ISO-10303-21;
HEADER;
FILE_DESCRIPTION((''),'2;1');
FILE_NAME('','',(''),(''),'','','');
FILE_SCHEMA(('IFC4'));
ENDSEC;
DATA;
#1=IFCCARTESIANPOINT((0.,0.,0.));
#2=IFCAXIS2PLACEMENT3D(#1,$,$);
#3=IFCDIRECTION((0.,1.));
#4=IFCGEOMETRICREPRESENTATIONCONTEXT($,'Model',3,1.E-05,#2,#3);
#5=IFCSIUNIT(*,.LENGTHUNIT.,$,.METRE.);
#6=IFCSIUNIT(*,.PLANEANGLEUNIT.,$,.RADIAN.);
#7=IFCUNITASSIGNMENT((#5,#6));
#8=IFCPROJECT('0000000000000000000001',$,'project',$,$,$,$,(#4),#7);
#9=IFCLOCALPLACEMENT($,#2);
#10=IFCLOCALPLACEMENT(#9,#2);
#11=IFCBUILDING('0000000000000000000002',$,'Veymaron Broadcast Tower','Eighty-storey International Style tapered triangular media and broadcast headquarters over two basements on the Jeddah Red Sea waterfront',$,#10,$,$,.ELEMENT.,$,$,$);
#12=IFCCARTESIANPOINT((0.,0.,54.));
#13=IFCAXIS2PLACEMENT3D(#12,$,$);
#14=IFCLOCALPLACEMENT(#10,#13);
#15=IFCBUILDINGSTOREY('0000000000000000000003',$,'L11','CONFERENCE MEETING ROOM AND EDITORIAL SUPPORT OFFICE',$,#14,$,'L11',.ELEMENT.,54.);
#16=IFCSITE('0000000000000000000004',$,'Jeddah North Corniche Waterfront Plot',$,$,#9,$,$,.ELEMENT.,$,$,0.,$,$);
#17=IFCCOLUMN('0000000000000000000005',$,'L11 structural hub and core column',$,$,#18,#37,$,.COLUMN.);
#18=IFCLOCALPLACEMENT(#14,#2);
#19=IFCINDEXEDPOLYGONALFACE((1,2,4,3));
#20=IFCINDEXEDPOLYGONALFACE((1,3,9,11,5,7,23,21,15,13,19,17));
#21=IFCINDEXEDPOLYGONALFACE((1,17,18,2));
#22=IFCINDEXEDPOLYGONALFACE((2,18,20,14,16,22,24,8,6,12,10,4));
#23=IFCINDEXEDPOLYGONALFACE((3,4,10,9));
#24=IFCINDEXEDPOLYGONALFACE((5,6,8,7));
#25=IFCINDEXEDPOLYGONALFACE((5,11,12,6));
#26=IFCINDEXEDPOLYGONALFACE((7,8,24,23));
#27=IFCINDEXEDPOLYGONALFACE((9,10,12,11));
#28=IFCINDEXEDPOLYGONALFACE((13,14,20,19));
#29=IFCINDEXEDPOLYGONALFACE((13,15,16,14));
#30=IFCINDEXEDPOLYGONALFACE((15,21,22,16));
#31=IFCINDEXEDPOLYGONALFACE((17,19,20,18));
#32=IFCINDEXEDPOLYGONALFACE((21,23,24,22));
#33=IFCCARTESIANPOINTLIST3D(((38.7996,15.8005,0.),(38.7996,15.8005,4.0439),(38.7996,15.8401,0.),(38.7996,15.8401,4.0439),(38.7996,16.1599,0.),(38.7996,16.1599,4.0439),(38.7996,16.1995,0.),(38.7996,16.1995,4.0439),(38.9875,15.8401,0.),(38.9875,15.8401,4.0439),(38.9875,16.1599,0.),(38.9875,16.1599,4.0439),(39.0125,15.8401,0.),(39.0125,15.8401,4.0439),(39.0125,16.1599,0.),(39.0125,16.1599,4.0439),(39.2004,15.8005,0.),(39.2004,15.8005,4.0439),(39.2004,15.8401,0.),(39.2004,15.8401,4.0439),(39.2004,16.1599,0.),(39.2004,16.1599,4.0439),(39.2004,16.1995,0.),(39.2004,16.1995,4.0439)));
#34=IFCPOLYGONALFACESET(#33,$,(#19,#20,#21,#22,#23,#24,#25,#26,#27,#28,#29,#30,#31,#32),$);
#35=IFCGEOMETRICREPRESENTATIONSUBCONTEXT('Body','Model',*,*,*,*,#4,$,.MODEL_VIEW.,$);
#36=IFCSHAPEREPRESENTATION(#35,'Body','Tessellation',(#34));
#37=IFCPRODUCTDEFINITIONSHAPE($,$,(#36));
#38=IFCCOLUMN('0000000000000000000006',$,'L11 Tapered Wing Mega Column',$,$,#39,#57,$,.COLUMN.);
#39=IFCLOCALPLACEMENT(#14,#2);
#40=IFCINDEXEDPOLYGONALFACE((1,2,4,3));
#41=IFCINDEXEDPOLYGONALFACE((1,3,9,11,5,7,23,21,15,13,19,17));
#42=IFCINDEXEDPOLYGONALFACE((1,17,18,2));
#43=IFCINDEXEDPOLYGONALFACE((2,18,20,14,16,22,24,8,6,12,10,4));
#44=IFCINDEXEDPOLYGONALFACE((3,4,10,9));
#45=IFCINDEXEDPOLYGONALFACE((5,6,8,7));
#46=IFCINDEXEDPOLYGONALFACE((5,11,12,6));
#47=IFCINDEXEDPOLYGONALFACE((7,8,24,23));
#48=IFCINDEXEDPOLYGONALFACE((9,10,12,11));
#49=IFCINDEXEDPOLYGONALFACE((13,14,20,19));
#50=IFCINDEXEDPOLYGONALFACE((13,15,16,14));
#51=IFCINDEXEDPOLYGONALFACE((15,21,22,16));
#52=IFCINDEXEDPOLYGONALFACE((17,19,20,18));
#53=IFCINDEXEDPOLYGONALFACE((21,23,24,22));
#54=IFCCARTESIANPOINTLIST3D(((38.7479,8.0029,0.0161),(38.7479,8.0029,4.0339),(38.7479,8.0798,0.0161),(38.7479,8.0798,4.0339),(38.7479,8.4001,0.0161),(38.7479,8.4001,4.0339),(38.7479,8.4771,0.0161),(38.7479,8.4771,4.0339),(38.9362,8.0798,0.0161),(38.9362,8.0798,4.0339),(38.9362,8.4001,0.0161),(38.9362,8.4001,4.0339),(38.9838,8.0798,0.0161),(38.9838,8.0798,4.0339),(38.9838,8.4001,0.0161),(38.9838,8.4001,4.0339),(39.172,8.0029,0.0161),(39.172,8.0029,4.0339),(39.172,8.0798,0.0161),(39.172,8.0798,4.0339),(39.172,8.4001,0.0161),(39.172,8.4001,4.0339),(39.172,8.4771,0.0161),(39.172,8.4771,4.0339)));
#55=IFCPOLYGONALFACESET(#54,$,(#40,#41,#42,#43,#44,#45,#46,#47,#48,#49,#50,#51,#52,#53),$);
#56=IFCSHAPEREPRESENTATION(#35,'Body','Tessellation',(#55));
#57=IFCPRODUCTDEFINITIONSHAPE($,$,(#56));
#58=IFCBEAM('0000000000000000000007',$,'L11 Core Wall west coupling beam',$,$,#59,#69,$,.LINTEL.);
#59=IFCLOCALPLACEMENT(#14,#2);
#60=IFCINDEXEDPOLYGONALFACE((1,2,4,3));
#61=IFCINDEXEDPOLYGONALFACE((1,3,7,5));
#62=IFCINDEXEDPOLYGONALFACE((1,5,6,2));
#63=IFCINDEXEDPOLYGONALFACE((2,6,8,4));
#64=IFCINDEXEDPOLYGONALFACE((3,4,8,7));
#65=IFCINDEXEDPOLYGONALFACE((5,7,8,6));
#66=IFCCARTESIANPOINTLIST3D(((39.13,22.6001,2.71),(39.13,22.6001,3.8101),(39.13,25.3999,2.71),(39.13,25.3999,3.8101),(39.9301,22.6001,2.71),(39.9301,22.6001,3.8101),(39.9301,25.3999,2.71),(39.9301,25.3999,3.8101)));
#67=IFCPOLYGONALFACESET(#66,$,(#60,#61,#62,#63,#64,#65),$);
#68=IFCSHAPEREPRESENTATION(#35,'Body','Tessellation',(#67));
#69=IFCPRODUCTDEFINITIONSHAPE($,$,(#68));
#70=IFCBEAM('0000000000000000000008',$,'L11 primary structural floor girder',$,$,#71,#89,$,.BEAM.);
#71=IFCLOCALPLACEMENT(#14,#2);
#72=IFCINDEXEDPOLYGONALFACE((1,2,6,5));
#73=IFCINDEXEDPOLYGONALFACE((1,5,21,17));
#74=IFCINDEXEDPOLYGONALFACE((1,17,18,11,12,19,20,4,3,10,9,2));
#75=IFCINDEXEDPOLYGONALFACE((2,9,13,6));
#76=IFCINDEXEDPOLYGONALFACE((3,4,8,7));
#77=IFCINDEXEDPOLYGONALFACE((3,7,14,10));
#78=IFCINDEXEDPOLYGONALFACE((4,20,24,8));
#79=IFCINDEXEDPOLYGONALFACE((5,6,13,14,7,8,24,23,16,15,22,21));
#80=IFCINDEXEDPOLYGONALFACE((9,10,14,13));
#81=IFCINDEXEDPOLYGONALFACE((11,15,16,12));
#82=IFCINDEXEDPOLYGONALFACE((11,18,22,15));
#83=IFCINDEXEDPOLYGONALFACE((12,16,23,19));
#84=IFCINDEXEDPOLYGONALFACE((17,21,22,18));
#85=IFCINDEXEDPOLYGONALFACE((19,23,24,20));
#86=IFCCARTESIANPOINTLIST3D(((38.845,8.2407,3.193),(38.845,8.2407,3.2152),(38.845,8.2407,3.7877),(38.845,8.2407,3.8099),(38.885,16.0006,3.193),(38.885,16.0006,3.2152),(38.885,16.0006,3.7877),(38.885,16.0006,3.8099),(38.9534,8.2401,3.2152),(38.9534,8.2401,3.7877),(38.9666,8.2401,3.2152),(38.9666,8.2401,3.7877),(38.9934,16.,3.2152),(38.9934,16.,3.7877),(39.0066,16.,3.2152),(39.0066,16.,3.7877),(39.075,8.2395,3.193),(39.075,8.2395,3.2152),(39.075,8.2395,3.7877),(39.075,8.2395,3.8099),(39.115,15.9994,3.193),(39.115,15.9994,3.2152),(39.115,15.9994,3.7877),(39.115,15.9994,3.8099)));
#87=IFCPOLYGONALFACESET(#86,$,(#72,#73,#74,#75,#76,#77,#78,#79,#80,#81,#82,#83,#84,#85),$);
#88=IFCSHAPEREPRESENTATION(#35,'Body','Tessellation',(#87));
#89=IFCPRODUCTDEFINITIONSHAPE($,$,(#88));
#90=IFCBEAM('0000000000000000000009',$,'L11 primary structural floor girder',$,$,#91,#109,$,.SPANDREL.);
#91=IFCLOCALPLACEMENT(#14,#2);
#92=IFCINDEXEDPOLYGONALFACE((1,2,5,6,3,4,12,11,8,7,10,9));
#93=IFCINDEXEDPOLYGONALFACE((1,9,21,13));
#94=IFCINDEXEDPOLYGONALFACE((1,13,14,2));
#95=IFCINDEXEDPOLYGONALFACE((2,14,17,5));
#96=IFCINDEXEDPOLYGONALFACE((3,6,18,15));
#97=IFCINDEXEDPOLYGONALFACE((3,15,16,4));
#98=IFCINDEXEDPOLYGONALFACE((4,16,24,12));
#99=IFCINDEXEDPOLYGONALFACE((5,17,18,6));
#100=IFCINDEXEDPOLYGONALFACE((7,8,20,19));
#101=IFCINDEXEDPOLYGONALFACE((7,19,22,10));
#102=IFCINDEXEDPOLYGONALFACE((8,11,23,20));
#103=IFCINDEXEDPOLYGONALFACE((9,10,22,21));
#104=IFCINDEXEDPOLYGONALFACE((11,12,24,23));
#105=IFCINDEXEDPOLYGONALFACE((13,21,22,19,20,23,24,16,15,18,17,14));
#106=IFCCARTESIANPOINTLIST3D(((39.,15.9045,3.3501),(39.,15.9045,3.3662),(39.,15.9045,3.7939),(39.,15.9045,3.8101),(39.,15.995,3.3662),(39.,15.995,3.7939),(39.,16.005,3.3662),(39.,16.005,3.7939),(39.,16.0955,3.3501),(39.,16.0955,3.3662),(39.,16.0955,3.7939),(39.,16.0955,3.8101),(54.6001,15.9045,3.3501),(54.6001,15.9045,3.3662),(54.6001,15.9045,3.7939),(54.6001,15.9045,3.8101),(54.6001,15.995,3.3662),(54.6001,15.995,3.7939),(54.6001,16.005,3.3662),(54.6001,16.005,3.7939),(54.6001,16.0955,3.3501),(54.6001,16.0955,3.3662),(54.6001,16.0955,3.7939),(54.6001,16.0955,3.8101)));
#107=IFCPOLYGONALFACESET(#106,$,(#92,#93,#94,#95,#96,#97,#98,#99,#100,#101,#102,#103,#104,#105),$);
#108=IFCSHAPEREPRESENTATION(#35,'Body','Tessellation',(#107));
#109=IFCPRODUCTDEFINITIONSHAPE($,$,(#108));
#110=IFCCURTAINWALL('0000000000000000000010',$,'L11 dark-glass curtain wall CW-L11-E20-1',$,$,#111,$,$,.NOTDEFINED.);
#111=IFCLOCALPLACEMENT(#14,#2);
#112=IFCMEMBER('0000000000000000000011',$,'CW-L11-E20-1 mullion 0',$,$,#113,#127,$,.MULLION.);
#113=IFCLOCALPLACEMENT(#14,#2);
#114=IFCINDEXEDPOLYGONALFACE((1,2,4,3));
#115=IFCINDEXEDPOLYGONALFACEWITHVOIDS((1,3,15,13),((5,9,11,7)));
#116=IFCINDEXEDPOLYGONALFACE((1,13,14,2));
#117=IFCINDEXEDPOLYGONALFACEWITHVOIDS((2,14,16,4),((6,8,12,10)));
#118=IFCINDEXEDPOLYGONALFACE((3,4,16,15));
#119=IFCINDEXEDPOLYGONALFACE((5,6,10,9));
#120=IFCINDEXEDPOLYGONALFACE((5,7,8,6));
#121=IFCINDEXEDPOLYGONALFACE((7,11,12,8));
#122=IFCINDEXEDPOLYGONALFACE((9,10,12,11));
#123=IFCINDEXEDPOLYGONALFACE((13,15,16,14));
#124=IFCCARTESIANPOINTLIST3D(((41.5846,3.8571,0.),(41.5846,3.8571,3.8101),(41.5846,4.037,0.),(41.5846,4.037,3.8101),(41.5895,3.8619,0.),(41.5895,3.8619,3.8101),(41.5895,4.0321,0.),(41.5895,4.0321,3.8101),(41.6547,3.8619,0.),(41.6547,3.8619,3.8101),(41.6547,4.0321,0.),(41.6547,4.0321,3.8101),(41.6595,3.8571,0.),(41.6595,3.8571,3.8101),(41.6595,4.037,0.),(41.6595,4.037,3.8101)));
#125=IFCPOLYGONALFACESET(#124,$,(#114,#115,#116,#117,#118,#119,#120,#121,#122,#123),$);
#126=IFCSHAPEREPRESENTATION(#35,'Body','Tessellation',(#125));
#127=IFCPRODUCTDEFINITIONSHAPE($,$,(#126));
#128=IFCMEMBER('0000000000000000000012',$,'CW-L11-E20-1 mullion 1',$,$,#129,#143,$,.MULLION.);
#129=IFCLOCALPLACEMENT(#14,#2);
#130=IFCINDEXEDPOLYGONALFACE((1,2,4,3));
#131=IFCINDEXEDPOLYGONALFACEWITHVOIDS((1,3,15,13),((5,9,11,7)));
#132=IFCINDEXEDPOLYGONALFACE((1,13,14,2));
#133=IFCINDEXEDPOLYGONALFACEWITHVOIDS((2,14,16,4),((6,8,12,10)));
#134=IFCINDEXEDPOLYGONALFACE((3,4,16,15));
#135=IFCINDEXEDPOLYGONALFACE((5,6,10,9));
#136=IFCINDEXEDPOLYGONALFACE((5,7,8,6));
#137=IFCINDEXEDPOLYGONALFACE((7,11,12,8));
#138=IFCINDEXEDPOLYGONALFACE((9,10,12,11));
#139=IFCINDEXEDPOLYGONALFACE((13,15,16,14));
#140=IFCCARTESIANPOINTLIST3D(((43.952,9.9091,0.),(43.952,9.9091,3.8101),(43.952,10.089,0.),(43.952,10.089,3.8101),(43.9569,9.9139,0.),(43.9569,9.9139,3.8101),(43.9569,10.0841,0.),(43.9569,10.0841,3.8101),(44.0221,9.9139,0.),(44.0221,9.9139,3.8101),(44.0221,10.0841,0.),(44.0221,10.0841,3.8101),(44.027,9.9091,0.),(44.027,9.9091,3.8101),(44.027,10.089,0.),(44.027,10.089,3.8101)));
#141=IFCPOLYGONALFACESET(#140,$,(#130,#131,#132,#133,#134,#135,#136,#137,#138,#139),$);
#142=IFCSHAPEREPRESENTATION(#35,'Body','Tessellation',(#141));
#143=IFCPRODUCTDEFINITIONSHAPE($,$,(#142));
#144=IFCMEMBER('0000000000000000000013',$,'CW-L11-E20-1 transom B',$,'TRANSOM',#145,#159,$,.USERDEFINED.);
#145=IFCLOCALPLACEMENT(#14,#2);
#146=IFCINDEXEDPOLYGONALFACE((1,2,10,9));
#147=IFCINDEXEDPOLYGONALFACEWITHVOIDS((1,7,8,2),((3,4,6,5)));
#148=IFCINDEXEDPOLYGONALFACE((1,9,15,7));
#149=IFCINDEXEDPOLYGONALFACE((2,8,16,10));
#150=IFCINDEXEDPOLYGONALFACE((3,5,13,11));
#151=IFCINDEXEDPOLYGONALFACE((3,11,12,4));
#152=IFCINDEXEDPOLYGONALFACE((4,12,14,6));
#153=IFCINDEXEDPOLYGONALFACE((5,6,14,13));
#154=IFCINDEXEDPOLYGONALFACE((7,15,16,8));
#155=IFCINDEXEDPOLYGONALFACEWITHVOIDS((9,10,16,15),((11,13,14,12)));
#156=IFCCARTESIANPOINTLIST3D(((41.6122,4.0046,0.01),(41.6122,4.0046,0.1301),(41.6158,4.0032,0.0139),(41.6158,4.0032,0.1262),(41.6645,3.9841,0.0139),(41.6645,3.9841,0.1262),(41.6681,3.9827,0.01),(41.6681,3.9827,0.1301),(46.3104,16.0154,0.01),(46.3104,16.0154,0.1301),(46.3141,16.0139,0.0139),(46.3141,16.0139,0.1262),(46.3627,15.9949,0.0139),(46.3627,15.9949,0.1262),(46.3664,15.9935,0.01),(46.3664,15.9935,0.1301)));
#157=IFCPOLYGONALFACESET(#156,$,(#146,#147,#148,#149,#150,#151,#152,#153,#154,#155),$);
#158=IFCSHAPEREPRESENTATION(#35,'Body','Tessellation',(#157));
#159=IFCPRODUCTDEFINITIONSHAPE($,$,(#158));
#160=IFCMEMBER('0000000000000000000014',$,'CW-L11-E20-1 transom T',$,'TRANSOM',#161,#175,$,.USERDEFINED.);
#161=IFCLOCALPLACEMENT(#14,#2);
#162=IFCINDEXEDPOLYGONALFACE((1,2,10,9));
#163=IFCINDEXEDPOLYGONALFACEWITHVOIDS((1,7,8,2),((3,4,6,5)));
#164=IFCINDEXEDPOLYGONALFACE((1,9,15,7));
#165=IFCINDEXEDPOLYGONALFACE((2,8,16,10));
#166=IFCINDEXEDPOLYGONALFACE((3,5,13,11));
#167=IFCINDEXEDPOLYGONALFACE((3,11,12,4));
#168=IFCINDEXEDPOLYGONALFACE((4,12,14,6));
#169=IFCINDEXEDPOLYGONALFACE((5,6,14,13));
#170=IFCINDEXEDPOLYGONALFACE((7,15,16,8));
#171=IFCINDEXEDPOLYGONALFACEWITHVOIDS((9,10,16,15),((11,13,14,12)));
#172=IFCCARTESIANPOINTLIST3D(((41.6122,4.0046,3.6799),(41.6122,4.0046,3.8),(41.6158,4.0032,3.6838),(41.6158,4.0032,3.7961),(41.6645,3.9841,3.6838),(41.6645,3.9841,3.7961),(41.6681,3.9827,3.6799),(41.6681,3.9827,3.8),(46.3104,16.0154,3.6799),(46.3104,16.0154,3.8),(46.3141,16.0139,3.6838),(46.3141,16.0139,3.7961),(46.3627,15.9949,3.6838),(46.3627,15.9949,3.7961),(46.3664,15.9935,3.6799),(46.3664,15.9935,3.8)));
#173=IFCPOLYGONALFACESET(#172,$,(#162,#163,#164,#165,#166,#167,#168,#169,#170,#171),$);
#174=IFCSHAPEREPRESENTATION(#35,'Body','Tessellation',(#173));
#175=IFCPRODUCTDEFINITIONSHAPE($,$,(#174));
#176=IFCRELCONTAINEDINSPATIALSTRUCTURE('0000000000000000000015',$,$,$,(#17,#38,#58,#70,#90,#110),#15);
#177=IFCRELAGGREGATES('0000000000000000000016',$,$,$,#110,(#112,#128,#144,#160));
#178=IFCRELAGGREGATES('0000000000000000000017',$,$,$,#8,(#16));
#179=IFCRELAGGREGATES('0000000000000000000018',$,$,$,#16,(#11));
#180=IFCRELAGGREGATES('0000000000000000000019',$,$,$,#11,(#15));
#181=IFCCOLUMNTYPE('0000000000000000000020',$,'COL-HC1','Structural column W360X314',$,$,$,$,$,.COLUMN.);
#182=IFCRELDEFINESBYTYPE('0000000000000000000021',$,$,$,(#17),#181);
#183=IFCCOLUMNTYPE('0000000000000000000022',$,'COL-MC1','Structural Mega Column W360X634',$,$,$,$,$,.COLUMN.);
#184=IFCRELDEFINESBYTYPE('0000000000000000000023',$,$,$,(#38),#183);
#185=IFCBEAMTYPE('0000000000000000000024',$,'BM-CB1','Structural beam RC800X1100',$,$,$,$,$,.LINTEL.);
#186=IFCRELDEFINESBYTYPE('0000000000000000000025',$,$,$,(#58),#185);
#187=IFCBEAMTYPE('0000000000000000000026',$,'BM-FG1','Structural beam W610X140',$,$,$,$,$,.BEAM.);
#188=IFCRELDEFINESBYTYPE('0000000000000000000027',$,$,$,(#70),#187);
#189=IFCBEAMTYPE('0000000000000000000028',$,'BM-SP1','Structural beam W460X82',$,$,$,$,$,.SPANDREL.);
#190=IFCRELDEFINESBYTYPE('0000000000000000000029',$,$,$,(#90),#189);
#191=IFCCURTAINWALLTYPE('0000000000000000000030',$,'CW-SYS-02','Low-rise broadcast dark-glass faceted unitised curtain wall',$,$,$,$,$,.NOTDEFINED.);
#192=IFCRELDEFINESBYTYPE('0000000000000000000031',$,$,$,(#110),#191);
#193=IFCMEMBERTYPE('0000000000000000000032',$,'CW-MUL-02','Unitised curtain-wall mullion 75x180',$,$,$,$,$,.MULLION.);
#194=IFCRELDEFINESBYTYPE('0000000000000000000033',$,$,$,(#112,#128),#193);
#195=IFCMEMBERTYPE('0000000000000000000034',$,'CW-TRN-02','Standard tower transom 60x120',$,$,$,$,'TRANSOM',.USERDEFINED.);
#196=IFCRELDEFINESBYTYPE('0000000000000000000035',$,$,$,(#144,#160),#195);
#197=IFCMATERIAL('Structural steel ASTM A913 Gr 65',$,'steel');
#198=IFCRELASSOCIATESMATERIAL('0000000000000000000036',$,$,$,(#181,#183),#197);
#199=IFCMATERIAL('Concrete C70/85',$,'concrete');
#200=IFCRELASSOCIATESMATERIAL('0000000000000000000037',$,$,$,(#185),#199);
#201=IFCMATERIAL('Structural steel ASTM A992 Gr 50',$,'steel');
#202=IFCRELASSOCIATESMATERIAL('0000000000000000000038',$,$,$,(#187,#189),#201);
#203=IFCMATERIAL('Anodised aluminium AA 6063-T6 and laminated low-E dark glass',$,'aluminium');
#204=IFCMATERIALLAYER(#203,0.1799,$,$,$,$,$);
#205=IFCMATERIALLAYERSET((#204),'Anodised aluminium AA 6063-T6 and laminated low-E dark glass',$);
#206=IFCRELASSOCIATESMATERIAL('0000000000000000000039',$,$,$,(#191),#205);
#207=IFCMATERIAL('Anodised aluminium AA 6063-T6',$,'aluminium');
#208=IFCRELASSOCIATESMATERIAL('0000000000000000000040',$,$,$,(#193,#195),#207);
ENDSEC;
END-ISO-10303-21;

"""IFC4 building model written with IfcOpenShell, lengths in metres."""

from ifc_helpers import new_model, si_unit, direction, frame, origin, origin_2d, place, context, subcontext, project, spatial, rectangle, hollow_rectangle, i_section, extrude, material, layer, layer_set, material_profile, profile_set, type_object, element, aggregate, save


model = new_model("IFC4")

# Units and contexts
model_context = context("Model", 3, precision=1e-05, world=origin(), true_north=direction((0.0, 1.0)))
body_context = subcontext(model_context, "Body", "Model", "MODEL_VIEW")
ifc_project = project(units=[si_unit("LENGTHUNIT", "METRE"), si_unit("PLANEANGLEUNIT", "RADIAN")], contexts=[model_context])

# Site, building, storey
site_placement = place(None, origin())
site = spatial("IfcSite", under=ifc_project, at=site_placement, Name="Jeddah North Corniche Waterfront Plot", CompositionType="ELEMENT", RefElevation=0.0)
building_placement = place(site_placement, origin())
building = spatial("IfcBuilding", under=site, at=building_placement, Name="Veymaron Broadcast Tower", Description="Eighty-storey International Style tapered triangular media and broadcast headquarters over two basements on the Jeddah Red Sea waterfront", CompositionType="ELEMENT")
storey_placement = place(building_placement, frame((0.0, 0.0, 54.0)))
storey = spatial("IfcBuildingStorey", under=building, at=storey_placement, Name="L11", Description="CONFERENCE MEETING ROOM AND EDITORIAL SUPPORT OFFICE", LongName="L11", CompositionType="ELEMENT", Elevation=54.0)

# Columns
ifc_material_1 = material(Name="Structural steel ASTM A913 Gr 65", Category="steel")
ifc_material_profile_1 = material_profile(ifc_material_1, i_section(OverallWidth=0.4009, OverallDepth=0.3989, WebThickness=0.0249, FlangeThickness=0.0396, at=origin_2d()), Name="W360X314")
ifc_profile_set_1 = profile_set([ifc_material_profile_1], Name="Structural steel ASTM A913 Gr 65")
column_type_1 = type_object("IfcColumnType", Name="COL-HC1", Description="Structural column W360X314", PredefinedType="COLUMN", material=ifc_profile_set_1)
column_1_placement = place(storey_placement, frame((39.0, 16.0, 0.0), z_axis=(0.0, 0.0, 1.0), x_axis=(1.0, 0.0, 0.0)))
element("IfcColumn", 1, at=column_1_placement, inside=storey, type_object=column_type_1, Name="L11 structural hub and core column", PredefinedType="COLUMN", context=body_context, shape_type="SweptSolid", body=[
    extrude(i_section(OverallWidth=0.4009, OverallDepth=0.3989, WebThickness=0.0249, FlangeThickness=0.0396, at=origin_2d()), origin(), (0.0, 0.0, 1.0), 4.0439),
])
ifc_material_profile_2 = material_profile(ifc_material_1, i_section(OverallWidth=0.4241, OverallDepth=0.4741, WebThickness=0.0476, FlangeThickness=0.0769, at=origin_2d()), Name="W360X634")
ifc_profile_set_2 = profile_set([ifc_material_profile_2], Name="Structural steel ASTM A913 Gr 65")
column_type_2 = type_object("IfcColumnType", Name="COL-MC1", Description="Structural Mega Column W360X634", PredefinedType="COLUMN", material=ifc_profile_set_2)
column_2_placement = place(storey_placement, frame((38.96, 8.24, 0.0161), z_axis=(0.0, 0.0, 1.0), x_axis=(1.0, 0.0, 0.0)))
element("IfcColumn", 2, at=column_2_placement, inside=storey, type_object=column_type_2, Name="L11 Tapered Wing Mega Column", PredefinedType="COLUMN", context=body_context, shape_type="SweptSolid", body=[
    extrude(i_section(OverallWidth=0.4241, OverallDepth=0.4741, WebThickness=0.0476, FlangeThickness=0.0769, at=origin_2d()), origin(), (0.0, 0.0, 1.0), 4.0178),
])

# Beams
ifc_material_2 = material(Name="Concrete C70/85", Category="concrete")
ifc_material_profile_3 = material_profile(ifc_material_2, rectangle(XDim=0.8, YDim=1.1001, at=origin_2d()), Name="RC800X1100")
ifc_profile_set_3 = profile_set([ifc_material_profile_3], Name="Concrete C70/85")
beam_type_1 = type_object("IfcBeamType", Name="BM-CB1", Description="Structural beam RC800X1100", PredefinedType="LINTEL", material=ifc_profile_set_3)
beam_1_placement = place(storey_placement, frame((39.53, 22.6001, 3.26), z_axis=(0.0, 1.0, 0.0), x_axis=(-1.0, 0.0, 0.0)))
element("IfcBeam", 3, at=beam_1_placement, inside=storey, type_object=beam_type_1, Name="L11 Core Wall west coupling beam", PredefinedType="LINTEL", context=body_context, shape_type="SweptSolid", body=[
    extrude(rectangle(XDim=0.8, YDim=1.1001, at=origin_2d()), origin(), (0.0, 0.0, 1.0), 2.7998),
])
ifc_material_3 = material(Name="Structural steel ASTM A992 Gr 50", Category="steel")
ifc_material_profile_4 = material_profile(ifc_material_3, i_section(OverallWidth=0.23, OverallDepth=0.6169, WebThickness=0.0132, FlangeThickness=0.0222, at=origin_2d()), Name="W610X140")
ifc_profile_set_4 = profile_set([ifc_material_profile_4], Name="Structural steel ASTM A992 Gr 50")
beam_type_2 = type_object("IfcBeamType", Name="BM-FG1", Description="Structural beam W610X140", PredefinedType="BEAM", material=ifc_profile_set_4)
beam_2_placement = place(storey_placement, frame((39.0, 16.0, 3.5015), z_axis=(-0.00516, -0.999987, 0.0), x_axis=(0.999987, -0.00516, 0.0)))
element("IfcBeam", 4, at=beam_2_placement, inside=storey, type_object=beam_type_2, Name="L11 primary structural floor girder", PredefinedType="BEAM", context=body_context, shape_type="SweptSolid", body=[
    extrude(i_section(OverallWidth=0.23, OverallDepth=0.6169, WebThickness=0.0132, FlangeThickness=0.0222, at=origin_2d()), origin(), (0.0, 0.0, 1.0), 7.76),
])
ifc_material_profile_5 = material_profile(ifc_material_3, i_section(OverallWidth=0.1909, OverallDepth=0.46, WebThickness=0.01, FlangeThickness=0.0161, at=origin_2d()), Name="W460X82")
ifc_profile_set_5 = profile_set([ifc_material_profile_5], Name="Structural steel ASTM A992 Gr 50")
beam_type_3 = type_object("IfcBeamType", Name="BM-SP1", Description="Structural beam W460X82", PredefinedType="SPANDREL", material=ifc_profile_set_5)
beam_3_placement = place(storey_placement, frame((39.0, 16.0, 3.5801), z_axis=(1.0, 0.0, 0.0), x_axis=(0.0, 1.0, 0.0)))
element("IfcBeam", 5, at=beam_3_placement, inside=storey, type_object=beam_type_3, Name="L11 primary structural floor girder", PredefinedType="SPANDREL", context=body_context, shape_type="SweptSolid", body=[
    extrude(i_section(OverallWidth=0.1909, OverallDepth=0.46, WebThickness=0.01, FlangeThickness=0.0161, at=origin_2d()), origin(), (0.0, 0.0, 1.0), 15.6001),
])

# Curtain wall, members
ifc_material_4 = material(Name="Anodised aluminium AA 6063-T6 and laminated low-E dark glass", Category="aluminium")
ifc_layer_1 = layer(ifc_material_4, 0.1799)
ifc_layer_set_1 = layer_set([ifc_layer_1], Name="Anodised aluminium AA 6063-T6 and laminated low-E dark glass")
curtain_wall_type = type_object("IfcCurtainWallType", Name="CW-SYS-02", Description="Low-rise broadcast dark-glass faceted unitised curtain wall", PredefinedType="NOTDEFINED", material=ifc_layer_set_1)
curtain_wall_placement = place(storey_placement, origin())
curtain_wall = element("IfcCurtainWall", 6, at=curtain_wall_placement, inside=storey, type_object=curtain_wall_type, Name="L11 dark-glass curtain wall CW-L11-E20-1", PredefinedType="NOTDEFINED")
ifc_material_5 = material(Name="Anodised aluminium AA 6063-T6", Category="aluminium")
ifc_material_profile_6 = material_profile(ifc_material_5, hollow_rectangle(XDim=0.075, YDim=0.1799, WallThickness=0.0049, at=origin_2d()), Name="AL180X75X5")
ifc_profile_set_6 = profile_set([ifc_material_profile_6], Name="Anodised aluminium AA 6063-T6")
member_type_1 = type_object("IfcMemberType", Name="CW-MUL-02", Description="Unitised curtain-wall mullion 75x180", PredefinedType="MULLION", material=ifc_profile_set_6)
member_1_placement = place(storey_placement, frame((41.6221, 3.947, 0.0), z_axis=(0.0, 0.0, 1.0), x_axis=(1.0, 0.0, 0.0)))
member_1 = element("IfcMember", 7, at=member_1_placement, type_object=member_type_1, Name="CW-L11-E20-1 mullion 0", PredefinedType="MULLION", context=body_context, shape_type="SweptSolid", body=[
    extrude(hollow_rectangle(XDim=0.075, YDim=0.1799, WallThickness=0.0049, at=origin_2d()), origin(), (0.0, 0.0, 1.0), 3.8101),
])
member_2_placement = place(storey_placement, frame((43.9895, 9.999, 0.0), z_axis=(0.0, 0.0, 1.0), x_axis=(1.0, 0.0, 0.0)))
member_2 = element("IfcMember", 8, at=member_2_placement, type_object=member_type_1, Name="CW-L11-E20-1 mullion 1", PredefinedType="MULLION", context=body_context, shape_type="SweptSolid", body=[
    extrude(hollow_rectangle(XDim=0.075, YDim=0.1799, WallThickness=0.0049, at=origin_2d()), origin(), (0.0, 0.0, 1.0), 3.8101),
])
ifc_material_profile_7 = material_profile(ifc_material_5, hollow_rectangle(XDim=0.0601, YDim=0.1201, WallThickness=0.0039, at=origin_2d()), Name="AL120X60X4")
ifc_profile_set_7 = profile_set([ifc_material_profile_7], Name="Anodised aluminium AA 6063-T6")
member_type_2 = type_object("IfcMemberType", Name="CW-TRN-02", Description="Standard tower transom 60x120", ElementType="TRANSOM", PredefinedType="USERDEFINED", material=ifc_profile_set_7)
member_3_placement = place(storey_placement, frame((41.6401, 3.9937, 0.0701), z_axis=(0.364291, 0.931285, 0.0), x_axis=(-0.931285, 0.364291, 0.0)))
member_3 = element("IfcMember", 9, at=member_3_placement, type_object=member_type_2, Name="CW-L11-E20-1 transom B", ObjectType="TRANSOM", PredefinedType="USERDEFINED", context=body_context, shape_type="SweptSolid", body=[
    extrude(hollow_rectangle(XDim=0.0601, YDim=0.1201, WallThickness=0.0039, at=origin_2d()), origin(), (0.0, 0.0, 1.0), 12.897),
])
member_4_placement = place(storey_placement, frame((41.6401, 3.9937, 3.74), z_axis=(0.364291, 0.931285, 0.0), x_axis=(-0.931285, 0.364291, 0.0)))
member_4 = element("IfcMember", 10, at=member_4_placement, type_object=member_type_2, Name="CW-L11-E20-1 transom T", ObjectType="TRANSOM", PredefinedType="USERDEFINED", context=body_context, shape_type="SweptSolid", body=[
    extrude(hollow_rectangle(XDim=0.0601, YDim=0.1201, WallThickness=0.0039, at=origin_2d()), origin(), (0.0, 0.0, 1.0), 12.897),
])
aggregate(curtain_wall, [member_1, member_2, member_3, member_4])

save(model, "model.ifc")
